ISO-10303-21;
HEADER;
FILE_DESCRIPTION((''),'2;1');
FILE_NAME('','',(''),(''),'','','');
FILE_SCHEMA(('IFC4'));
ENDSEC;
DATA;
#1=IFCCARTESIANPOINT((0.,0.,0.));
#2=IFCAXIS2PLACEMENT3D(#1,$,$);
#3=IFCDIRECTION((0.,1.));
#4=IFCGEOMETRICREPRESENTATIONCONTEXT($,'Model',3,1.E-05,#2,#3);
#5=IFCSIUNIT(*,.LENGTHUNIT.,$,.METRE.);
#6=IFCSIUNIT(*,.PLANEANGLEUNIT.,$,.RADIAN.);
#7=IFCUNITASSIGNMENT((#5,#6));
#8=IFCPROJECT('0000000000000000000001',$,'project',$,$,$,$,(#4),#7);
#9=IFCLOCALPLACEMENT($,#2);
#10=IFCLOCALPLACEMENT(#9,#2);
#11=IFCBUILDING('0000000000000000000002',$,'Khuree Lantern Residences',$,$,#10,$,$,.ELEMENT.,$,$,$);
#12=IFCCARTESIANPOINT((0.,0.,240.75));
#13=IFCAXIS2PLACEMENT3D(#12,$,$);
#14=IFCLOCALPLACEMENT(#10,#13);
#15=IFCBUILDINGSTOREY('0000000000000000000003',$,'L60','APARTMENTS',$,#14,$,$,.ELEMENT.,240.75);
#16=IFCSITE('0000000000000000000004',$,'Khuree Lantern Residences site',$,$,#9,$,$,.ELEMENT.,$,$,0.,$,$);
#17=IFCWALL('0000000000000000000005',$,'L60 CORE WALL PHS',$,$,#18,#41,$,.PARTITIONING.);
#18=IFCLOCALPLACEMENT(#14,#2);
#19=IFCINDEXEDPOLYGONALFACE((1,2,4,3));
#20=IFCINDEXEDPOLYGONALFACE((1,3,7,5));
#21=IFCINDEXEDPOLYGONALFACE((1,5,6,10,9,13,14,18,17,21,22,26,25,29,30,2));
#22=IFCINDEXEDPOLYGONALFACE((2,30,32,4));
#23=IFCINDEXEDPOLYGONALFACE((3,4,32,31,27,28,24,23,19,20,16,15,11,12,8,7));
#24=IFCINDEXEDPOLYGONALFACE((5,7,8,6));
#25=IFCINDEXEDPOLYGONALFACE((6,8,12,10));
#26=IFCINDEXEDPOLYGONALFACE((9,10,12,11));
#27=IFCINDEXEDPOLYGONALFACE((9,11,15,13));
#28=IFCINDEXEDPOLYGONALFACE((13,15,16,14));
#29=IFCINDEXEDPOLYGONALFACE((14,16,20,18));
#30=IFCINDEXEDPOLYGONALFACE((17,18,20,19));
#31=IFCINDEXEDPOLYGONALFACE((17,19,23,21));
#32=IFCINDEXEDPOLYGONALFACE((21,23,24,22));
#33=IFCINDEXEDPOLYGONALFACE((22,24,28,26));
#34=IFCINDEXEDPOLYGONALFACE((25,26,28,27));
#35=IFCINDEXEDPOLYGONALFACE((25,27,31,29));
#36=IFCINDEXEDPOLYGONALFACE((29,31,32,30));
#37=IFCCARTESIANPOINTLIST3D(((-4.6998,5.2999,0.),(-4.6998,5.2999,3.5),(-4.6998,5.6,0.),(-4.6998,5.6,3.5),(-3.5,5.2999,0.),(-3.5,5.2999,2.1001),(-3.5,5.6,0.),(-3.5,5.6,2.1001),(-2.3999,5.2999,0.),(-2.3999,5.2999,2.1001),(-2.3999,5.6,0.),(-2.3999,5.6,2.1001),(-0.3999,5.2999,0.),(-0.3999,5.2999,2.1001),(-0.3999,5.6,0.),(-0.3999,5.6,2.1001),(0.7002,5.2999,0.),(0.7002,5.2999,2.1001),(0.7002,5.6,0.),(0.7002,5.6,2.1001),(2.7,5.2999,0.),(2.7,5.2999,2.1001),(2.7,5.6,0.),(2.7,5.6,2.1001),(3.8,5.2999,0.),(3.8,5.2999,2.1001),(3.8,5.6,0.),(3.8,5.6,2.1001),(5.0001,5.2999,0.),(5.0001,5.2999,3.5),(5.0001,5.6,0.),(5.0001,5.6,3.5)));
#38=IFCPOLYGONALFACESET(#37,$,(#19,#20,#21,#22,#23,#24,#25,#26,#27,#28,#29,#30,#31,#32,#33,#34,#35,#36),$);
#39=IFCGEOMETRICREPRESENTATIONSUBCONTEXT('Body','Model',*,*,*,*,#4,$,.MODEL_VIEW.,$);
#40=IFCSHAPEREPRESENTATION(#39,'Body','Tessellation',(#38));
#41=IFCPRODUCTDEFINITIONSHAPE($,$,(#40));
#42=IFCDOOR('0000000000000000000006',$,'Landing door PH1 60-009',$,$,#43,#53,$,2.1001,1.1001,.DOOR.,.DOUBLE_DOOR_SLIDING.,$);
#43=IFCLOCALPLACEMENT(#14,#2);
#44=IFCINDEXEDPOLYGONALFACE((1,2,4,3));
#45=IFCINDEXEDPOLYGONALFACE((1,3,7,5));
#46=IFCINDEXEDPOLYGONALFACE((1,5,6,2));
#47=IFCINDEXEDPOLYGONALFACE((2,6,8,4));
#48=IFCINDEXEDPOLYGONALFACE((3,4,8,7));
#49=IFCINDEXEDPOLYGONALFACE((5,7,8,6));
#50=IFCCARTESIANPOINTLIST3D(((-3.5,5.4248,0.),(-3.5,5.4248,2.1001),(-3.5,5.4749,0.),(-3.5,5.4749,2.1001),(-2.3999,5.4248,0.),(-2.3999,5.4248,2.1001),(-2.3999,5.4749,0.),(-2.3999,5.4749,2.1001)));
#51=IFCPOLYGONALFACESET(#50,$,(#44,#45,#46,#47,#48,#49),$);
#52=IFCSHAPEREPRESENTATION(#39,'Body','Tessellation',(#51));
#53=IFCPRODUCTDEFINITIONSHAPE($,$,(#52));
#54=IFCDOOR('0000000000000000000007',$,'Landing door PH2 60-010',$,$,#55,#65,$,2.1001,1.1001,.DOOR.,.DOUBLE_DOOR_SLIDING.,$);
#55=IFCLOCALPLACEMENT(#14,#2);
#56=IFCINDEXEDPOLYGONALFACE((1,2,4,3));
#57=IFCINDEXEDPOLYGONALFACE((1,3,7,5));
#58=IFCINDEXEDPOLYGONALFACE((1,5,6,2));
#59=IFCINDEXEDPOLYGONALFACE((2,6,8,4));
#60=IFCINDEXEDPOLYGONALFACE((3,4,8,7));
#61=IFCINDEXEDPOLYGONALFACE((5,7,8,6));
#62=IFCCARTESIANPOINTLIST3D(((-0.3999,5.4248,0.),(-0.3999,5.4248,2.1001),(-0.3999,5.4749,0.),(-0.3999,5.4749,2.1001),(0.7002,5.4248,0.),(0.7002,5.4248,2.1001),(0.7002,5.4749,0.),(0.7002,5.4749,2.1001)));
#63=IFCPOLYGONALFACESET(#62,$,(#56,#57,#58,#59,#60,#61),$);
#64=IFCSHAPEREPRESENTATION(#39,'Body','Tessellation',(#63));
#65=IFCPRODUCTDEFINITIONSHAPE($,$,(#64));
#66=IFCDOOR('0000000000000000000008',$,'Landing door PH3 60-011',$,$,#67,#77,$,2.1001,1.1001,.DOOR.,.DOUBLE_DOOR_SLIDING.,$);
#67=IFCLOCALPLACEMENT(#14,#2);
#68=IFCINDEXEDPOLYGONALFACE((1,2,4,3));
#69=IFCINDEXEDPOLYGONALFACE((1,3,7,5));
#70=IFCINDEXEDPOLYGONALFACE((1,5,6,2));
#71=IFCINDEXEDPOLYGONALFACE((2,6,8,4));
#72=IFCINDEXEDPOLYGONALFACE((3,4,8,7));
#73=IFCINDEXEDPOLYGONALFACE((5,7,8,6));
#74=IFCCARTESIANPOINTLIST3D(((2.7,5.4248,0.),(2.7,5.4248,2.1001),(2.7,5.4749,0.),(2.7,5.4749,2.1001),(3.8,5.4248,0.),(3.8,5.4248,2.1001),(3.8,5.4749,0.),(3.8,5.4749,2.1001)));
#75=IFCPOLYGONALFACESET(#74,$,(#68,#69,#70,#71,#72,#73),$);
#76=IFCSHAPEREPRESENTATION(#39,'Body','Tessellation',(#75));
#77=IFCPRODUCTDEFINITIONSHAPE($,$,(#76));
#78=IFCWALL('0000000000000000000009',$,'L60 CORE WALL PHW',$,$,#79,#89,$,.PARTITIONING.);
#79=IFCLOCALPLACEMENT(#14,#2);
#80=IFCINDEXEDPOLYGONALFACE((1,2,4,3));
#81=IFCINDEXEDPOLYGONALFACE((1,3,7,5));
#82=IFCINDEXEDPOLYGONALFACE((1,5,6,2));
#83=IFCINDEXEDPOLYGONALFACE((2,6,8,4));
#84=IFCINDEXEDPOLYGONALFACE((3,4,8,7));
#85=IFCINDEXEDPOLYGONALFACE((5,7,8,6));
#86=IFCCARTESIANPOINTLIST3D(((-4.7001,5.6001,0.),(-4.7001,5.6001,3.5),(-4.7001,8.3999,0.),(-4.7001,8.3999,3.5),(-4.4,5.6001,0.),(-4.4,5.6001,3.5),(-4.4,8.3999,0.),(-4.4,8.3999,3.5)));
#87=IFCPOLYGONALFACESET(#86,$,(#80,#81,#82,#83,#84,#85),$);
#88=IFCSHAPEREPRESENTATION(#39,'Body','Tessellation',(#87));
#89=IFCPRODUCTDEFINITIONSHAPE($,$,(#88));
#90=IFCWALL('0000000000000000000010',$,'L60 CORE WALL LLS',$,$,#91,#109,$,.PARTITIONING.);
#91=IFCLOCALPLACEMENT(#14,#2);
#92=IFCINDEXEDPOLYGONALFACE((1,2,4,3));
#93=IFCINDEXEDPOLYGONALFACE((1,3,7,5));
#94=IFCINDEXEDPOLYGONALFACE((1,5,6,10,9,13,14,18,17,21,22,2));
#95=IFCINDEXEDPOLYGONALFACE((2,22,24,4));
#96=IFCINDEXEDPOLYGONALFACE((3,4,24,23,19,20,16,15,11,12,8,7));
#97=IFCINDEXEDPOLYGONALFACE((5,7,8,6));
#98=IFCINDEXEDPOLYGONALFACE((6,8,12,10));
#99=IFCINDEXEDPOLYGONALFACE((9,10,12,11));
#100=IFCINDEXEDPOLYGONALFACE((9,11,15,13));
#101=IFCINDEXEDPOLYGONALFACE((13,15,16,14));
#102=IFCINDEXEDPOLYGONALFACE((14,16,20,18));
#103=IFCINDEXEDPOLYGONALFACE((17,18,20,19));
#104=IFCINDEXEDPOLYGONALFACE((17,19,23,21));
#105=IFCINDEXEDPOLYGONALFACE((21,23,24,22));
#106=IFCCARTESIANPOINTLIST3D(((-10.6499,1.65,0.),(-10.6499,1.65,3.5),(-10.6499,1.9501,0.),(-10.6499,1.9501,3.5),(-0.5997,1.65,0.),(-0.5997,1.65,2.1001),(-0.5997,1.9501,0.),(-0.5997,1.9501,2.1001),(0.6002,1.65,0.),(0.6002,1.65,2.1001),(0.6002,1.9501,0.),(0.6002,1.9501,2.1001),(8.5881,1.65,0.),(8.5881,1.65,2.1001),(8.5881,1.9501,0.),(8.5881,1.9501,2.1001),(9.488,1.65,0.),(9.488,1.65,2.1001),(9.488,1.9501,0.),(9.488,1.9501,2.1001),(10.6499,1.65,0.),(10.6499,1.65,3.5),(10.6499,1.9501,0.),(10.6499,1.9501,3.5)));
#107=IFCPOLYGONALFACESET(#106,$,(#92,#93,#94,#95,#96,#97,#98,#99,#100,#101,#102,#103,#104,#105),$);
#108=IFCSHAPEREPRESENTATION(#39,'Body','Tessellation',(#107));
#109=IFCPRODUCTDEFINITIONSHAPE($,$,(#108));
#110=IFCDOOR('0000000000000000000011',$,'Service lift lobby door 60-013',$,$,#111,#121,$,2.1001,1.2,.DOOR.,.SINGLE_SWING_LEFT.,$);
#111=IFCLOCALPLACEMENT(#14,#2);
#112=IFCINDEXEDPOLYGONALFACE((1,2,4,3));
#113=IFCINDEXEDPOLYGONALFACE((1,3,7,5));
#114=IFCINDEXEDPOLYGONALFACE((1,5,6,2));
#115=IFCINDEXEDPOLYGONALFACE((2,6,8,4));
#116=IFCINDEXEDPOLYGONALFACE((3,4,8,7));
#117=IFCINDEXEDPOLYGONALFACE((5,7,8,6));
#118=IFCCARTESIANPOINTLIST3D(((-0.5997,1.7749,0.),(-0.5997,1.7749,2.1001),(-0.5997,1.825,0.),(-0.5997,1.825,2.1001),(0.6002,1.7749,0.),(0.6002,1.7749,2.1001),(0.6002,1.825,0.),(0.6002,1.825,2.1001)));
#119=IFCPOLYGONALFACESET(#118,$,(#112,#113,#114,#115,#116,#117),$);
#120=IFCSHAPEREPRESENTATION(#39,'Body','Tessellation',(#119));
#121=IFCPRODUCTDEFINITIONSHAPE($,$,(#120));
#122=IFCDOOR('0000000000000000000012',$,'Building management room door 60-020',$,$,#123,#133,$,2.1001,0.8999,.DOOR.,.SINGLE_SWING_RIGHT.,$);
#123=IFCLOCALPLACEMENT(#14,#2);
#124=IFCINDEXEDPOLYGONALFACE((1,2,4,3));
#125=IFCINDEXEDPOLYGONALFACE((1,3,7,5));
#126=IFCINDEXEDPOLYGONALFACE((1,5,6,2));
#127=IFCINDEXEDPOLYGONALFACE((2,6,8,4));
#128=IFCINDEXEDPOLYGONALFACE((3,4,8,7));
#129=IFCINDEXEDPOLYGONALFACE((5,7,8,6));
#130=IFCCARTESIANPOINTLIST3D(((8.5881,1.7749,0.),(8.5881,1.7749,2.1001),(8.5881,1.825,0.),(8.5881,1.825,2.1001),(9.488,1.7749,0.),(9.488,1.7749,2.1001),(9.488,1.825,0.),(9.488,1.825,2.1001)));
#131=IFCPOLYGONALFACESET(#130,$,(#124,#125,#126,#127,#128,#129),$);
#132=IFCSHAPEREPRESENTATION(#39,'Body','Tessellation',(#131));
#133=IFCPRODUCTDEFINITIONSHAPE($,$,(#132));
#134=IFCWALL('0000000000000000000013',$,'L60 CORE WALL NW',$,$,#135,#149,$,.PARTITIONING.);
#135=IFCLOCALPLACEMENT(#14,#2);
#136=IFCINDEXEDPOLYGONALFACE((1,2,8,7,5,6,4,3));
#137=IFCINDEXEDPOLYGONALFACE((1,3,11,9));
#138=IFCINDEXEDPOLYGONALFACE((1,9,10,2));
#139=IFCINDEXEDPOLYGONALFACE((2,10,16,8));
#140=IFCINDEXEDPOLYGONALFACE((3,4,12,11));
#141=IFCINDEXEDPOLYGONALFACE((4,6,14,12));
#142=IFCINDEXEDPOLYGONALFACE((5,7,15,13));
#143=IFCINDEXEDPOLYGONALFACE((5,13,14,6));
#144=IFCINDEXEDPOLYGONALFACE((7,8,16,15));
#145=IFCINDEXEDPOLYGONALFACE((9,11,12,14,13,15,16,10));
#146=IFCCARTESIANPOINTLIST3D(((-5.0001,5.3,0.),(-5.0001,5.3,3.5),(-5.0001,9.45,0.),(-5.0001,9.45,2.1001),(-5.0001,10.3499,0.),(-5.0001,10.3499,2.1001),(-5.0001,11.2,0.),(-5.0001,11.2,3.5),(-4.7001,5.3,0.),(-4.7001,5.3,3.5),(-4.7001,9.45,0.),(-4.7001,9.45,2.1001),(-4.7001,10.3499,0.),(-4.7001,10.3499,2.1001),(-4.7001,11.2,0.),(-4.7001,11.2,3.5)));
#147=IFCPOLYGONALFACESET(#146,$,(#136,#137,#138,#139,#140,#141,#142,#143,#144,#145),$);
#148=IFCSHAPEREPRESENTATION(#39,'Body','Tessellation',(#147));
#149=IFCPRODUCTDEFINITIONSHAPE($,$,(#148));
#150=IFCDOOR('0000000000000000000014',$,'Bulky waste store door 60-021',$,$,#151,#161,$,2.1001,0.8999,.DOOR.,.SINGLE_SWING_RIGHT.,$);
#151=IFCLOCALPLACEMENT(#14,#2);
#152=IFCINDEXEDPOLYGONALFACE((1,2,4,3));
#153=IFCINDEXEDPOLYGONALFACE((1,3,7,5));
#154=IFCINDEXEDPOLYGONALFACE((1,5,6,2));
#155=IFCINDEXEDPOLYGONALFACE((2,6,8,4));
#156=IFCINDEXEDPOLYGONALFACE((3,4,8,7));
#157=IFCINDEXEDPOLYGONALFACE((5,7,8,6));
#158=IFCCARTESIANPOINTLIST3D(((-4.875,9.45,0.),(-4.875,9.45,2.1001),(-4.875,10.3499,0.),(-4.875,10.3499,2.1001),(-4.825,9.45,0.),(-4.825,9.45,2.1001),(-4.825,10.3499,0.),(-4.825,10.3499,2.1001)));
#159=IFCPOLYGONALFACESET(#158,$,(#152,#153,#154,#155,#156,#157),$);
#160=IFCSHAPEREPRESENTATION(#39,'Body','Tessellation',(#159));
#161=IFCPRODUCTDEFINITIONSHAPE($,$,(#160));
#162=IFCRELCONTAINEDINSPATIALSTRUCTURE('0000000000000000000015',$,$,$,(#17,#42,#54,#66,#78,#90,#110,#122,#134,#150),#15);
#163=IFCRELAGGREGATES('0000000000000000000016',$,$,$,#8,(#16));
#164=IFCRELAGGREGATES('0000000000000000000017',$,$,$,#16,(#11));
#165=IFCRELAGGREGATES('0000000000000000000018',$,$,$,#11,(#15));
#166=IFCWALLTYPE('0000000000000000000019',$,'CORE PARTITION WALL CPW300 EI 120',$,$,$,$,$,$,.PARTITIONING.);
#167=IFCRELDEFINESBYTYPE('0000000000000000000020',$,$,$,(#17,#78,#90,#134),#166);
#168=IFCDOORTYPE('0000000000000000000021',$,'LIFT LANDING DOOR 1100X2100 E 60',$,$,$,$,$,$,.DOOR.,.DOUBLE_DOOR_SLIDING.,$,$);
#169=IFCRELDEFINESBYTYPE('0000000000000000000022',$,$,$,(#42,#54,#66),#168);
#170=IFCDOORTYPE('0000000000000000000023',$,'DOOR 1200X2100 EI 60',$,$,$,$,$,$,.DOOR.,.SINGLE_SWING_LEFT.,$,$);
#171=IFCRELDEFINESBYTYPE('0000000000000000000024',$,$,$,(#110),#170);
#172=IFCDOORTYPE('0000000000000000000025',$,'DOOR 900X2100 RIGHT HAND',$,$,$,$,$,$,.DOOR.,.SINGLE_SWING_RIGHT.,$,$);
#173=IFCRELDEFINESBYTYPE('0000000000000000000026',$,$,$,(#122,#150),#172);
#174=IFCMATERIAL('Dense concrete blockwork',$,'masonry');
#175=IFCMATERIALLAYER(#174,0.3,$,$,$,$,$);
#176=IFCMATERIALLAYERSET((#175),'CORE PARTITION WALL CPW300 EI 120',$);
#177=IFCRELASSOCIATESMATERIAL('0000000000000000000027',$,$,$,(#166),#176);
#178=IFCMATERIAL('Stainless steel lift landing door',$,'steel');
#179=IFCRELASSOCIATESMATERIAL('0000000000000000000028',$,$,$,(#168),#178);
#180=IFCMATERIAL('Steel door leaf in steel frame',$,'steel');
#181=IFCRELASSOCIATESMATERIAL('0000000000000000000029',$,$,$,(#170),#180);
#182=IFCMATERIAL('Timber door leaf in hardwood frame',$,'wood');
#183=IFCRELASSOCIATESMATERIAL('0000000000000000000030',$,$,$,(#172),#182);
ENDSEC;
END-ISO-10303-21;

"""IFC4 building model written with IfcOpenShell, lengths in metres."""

from ifc_helpers import new_model, si_unit, direction, frame, frame_2d, origin, place, context, subcontext, project, spatial, rectangle, extrude, material, layer, layer_set, type_object, element, fill, save


model = new_model("IFC4")

# Units and contexts
model_context = context("Model", 3, precision=1e-05, world=origin(), true_north=direction((0.0, 1.0)))
body_context = subcontext(model_context, "Body", "Model", "MODEL_VIEW")
ifc_project = project(units=[si_unit("LENGTHUNIT", "METRE"), si_unit("PLANEANGLEUNIT", "RADIAN")], contexts=[model_context])

# Site, building, storey
site_placement = place(None, origin())
site = spatial("IfcSite", under=ifc_project, at=site_placement, Name="Khuree Lantern Residences site", CompositionType="ELEMENT", RefElevation=0.0)
building_placement = place(site_placement, origin())
building = spatial("IfcBuilding", under=site, at=building_placement, Name="Khuree Lantern Residences", CompositionType="ELEMENT")
storey_placement = place(building_placement, frame((0.0, 0.0, 240.75)))
storey = spatial("IfcBuildingStorey", under=building, at=storey_placement, Name="L60", Description="APARTMENTS", CompositionType="ELEMENT", Elevation=240.75)

# Wall, openings, doors
ifc_material_1 = material(Name="Dense concrete blockwork", Category="masonry")
ifc_layer_1 = layer(ifc_material_1, 0.3)
ifc_layer_set_1 = layer_set([ifc_layer_1], Name="CORE PARTITION WALL CPW300 EI 120")
wall_type_1 = type_object("IfcWallType", Name="CORE PARTITION WALL CPW300 EI 120", PredefinedType="PARTITIONING", material=ifc_layer_set_1)
wall_1_placement = place(storey_placement, frame((-4.7, 5.45, 0.0), z_axis=(0.0, 0.0, 1.0), x_axis=(1.0, 0.0, 0.0)))
wall_1 = element("IfcWall", 1, at=wall_1_placement, inside=storey, type_object=wall_type_1, Name="L60 CORE WALL PHS", PredefinedType="PARTITIONING", context=body_context, shape_type="SweptSolid", body=[
    extrude(rectangle(XDim=9.7, YDim=0.3, at=frame_2d((4.8501, 0.0))), origin(), (0.0, 0.0, 1.0), 3.5),
])
opening_1_placement = place(wall_1_placement, frame((1.2, 0.0, 0.0)))
opening_1 = element("IfcOpeningElement", 2, at=opening_1_placement, cuts=wall_1, PredefinedType="OPENING", context=body_context, shape_type="SweptSolid", body=[
    extrude(rectangle(XDim=1.1001, YDim=2.1001, at=frame_2d((0.55, 1.05))), frame((0.0, 0.1602, 0.0), z_axis=(0.0, -1.0, 0.0), x_axis=(1.0, 0.0, 0.0)), (0.0, 0.0, 1.0), 0.3201),
])
opening_2_placement = place(wall_1_placement, frame((4.3, 0.0, 0.0)))
opening_2 = element("IfcOpeningElement", 3, at=opening_2_placement, cuts=wall_1, PredefinedType="OPENING", context=body_context, shape_type="SweptSolid", body=[
    extrude(rectangle(XDim=1.1001, YDim=2.1001, at=frame_2d((0.55, 1.05))), frame((0.0, 0.1602, 0.0), z_axis=(0.0, -1.0, 0.0), x_axis=(1.0, 0.0, 0.0)), (0.0, 0.0, 1.0), 0.3201),
])
opening_3_placement = place(wall_1_placement, frame((7.3999, 0.0, 0.0)))
opening_3 = element("IfcOpeningElement", 4, at=opening_3_placement, cuts=wall_1, PredefinedType="OPENING", context=body_context, shape_type="SweptSolid", body=[
    extrude(rectangle(XDim=1.1001, YDim=2.1001, at=frame_2d((0.55, 1.05))), frame((0.0, 0.1602, 0.0), z_axis=(0.0, -1.0, 0.0), x_axis=(1.0, 0.0, 0.0)), (0.0, 0.0, 1.0), 0.3201),
])
ifc_material_2 = material(Name="Stainless steel lift landing door", Category="steel")
door_type_1 = type_object("IfcDoorType", Name="LIFT LANDING DOOR 1100X2100 E 60", OperationType="DOUBLE_DOOR_SLIDING", PredefinedType="DOOR", material=ifc_material_2)
door_1_placement = place(opening_1_placement, origin())
door_1 = element("IfcDoor", 5, at=door_1_placement, inside=storey, type_object=door_type_1, Name="Landing door PH1 60-009", OperationType="DOUBLE_DOOR_SLIDING", OverallHeight=2.1001, OverallWidth=1.1001, PredefinedType="DOOR", context=body_context, shape_type="SweptSolid", body=[
    extrude(rectangle(XDim=1.1001, YDim=2.1001, at=frame_2d((0.55, 1.05))), frame((0.0, 0.0249, 0.0), z_axis=(0.0, -1.0, 0.0), x_axis=(1.0, 0.0, 0.0)), (0.0, 0.0, 1.0), 0.05),
])
fill(opening_1, door_1)
door_2_placement = place(opening_2_placement, origin())
door_2 = element("IfcDoor", 6, at=door_2_placement, inside=storey, type_object=door_type_1, Name="Landing door PH2 60-010", OperationType="DOUBLE_DOOR_SLIDING", OverallHeight=2.1001, OverallWidth=1.1001, PredefinedType="DOOR", context=body_context, shape_type="SweptSolid", body=[
    extrude(rectangle(XDim=1.1001, YDim=2.1001, at=frame_2d((0.55, 1.05))), frame((0.0, 0.0249, 0.0), z_axis=(0.0, -1.0, 0.0), x_axis=(1.0, 0.0, 0.0)), (0.0, 0.0, 1.0), 0.05),
])
fill(opening_2, door_2)
door_3_placement = place(opening_3_placement, origin())
door_3 = element("IfcDoor", 7, at=door_3_placement, inside=storey, type_object=door_type_1, Name="Landing door PH3 60-011", OperationType="DOUBLE_DOOR_SLIDING", OverallHeight=2.1001, OverallWidth=1.1001, PredefinedType="DOOR", context=body_context, shape_type="SweptSolid", body=[
    extrude(rectangle(XDim=1.1001, YDim=2.1001, at=frame_2d((0.55, 1.05))), frame((0.0, 0.0249, 0.0), z_axis=(0.0, -1.0, 0.0), x_axis=(1.0, 0.0, 0.0)), (0.0, 0.0, 1.0), 0.05),
])
fill(opening_3, door_3)

# Wall
wall_2_placement = place(storey_placement, frame((-4.55, 5.6001, 0.0), z_axis=(0.0, 0.0, 1.0), x_axis=(0.0, 1.0, 0.0)))
element("IfcWall", 8, at=wall_2_placement, inside=storey, type_object=wall_type_1, Name="L60 CORE WALL PHW", PredefinedType="PARTITIONING", context=body_context, shape_type="SweptSolid", body=[
    extrude(rectangle(XDim=2.7998, YDim=0.3, at=frame_2d((1.3999, 0.0))), origin(), (0.0, 0.0, 1.0), 3.5),
])

# Wall, openings, doors
wall_3_placement = place(storey_placement, frame((-10.6499, 1.8, 0.0), z_axis=(0.0, 0.0, 1.0), x_axis=(1.0, 0.0, 0.0)))
wall_3 = element("IfcWall", 9, at=wall_3_placement, inside=storey, type_object=wall_type_1, Name="L60 CORE WALL LLS", PredefinedType="PARTITIONING", context=body_context, shape_type="SweptSolid", body=[
    extrude(rectangle(XDim=21.2998, YDim=0.3, at=frame_2d((10.6499, 0.0))), origin(), (0.0, 0.0, 1.0), 3.5),
])
opening_4_placement = place(wall_3_placement, frame((10.05, 0.0, 0.0)))
opening_4 = element("IfcOpeningElement", 10, at=opening_4_placement, cuts=wall_3, PredefinedType="OPENING", context=body_context, shape_type="SweptSolid", body=[
    extrude(rectangle(XDim=1.2, YDim=2.1001, at=frame_2d((0.6001, 1.05))), frame((0.0, 0.1602, 0.0), z_axis=(0.0, -1.0, 0.0), x_axis=(1.0, 0.0, 0.0)), (0.0, 0.0, 1.0), 0.3201),
])
opening_5_placement = place(wall_3_placement, frame((19.238, 0.0, 0.0)))
opening_5 = element("IfcOpeningElement", 11, at=opening_5_placement, cuts=wall_3, PredefinedType="OPENING", context=body_context, shape_type="SweptSolid", body=[
    extrude(rectangle(XDim=0.8999, YDim=2.1001, at=frame_2d((0.45, 1.05))), frame((0.0, 0.1602, 0.0), z_axis=(0.0, -1.0, 0.0), x_axis=(1.0, 0.0, 0.0)), (0.0, 0.0, 1.0), 0.3201),
])
ifc_material_3 = material(Name="Steel door leaf in steel frame", Category="steel")
door_type_2 = type_object("IfcDoorType", Name="DOOR 1200X2100 EI 60", OperationType="SINGLE_SWING_LEFT", PredefinedType="DOOR", material=ifc_material_3)
door_4_placement = place(opening_4_placement, origin())
door_4 = element("IfcDoor", 12, at=door_4_placement, inside=storey, type_object=door_type_2, Name="Service lift lobby door 60-013", OperationType="SINGLE_SWING_LEFT", OverallHeight=2.1001, OverallWidth=1.2, PredefinedType="DOOR", context=body_context, shape_type="SweptSolid", body=[
    extrude(rectangle(XDim=1.2, YDim=2.1001, at=frame_2d((0.6001, 1.05))), frame((0.0, 0.0249, 0.0), z_axis=(0.0, -1.0, 0.0), x_axis=(1.0, 0.0, 0.0)), (0.0, 0.0, 1.0), 0.05),
])
fill(opening_4, door_4)
ifc_material_4 = material(Name="Timber door leaf in hardwood frame", Category="wood")
door_type_3 = type_object("IfcDoorType", Name="DOOR 900X2100 RIGHT HAND", OperationType="SINGLE_SWING_RIGHT", PredefinedType="DOOR", material=ifc_material_4)
door_5_placement = place(opening_5_placement, origin())
door_5 = element("IfcDoor", 13, at=door_5_placement, inside=storey, type_object=door_type_3, Name="Building management room door 60-020", OperationType="SINGLE_SWING_RIGHT", OverallHeight=2.1001, OverallWidth=0.8999, PredefinedType="DOOR", context=body_context, shape_type="SweptSolid", body=[
    extrude(rectangle(XDim=0.8999, YDim=2.1001, at=frame_2d((0.45, 1.05))), frame((0.0, 0.0249, 0.0), z_axis=(0.0, -1.0, 0.0), x_axis=(1.0, 0.0, 0.0)), (0.0, 0.0, 1.0), 0.05),
])
fill(opening_5, door_5)

# Wall, opening, door
wall_4_placement = place(storey_placement, frame((-4.8501, 5.3, 0.0), z_axis=(0.0, 0.0, 1.0), x_axis=(0.0, 1.0, 0.0)))
wall_4 = element("IfcWall", 14, at=wall_4_placement, inside=storey, type_object=wall_type_1, Name="L60 CORE WALL NW", PredefinedType="PARTITIONING", context=body_context, shape_type="SweptSolid", body=[
    extrude(rectangle(XDim=5.8999, YDim=0.3, at=frame_2d((2.95, 0.0))), origin(), (0.0, 0.0, 1.0), 3.5),
])
opening_6_placement = place(wall_4_placement, frame((4.1499, 0.0, 0.0)))
opening_6 = element("IfcOpeningElement", 15, at=opening_6_placement, cuts=wall_4, PredefinedType="OPENING", context=body_context, shape_type="SweptSolid", body=[
    extrude(rectangle(XDim=0.8999, YDim=2.1001, at=frame_2d((0.45, 1.05))), frame((0.0, 0.1602, 0.0), z_axis=(0.0, -1.0, 0.0), x_axis=(1.0, 0.0, 0.0)), (0.0, 0.0, 1.0), 0.3201),
])
door_6_placement = place(opening_6_placement, origin())
door_6 = element("IfcDoor", 16, at=door_6_placement, inside=storey, type_object=door_type_3, Name="Bulky waste store door 60-021", OperationType="SINGLE_SWING_RIGHT", OverallHeight=2.1001, OverallWidth=0.8999, PredefinedType="DOOR", context=body_context, shape_type="SweptSolid", body=[
    extrude(rectangle(XDim=0.8999, YDim=2.1001, at=frame_2d((0.45, 1.05))), frame((0.0, 0.0249, 0.0), z_axis=(0.0, -1.0, 0.0), x_axis=(1.0, 0.0, 0.0)), (0.0, 0.0, 1.0), 0.05),
])
fill(opening_6, door_6)

save(model, "model.ifc")
